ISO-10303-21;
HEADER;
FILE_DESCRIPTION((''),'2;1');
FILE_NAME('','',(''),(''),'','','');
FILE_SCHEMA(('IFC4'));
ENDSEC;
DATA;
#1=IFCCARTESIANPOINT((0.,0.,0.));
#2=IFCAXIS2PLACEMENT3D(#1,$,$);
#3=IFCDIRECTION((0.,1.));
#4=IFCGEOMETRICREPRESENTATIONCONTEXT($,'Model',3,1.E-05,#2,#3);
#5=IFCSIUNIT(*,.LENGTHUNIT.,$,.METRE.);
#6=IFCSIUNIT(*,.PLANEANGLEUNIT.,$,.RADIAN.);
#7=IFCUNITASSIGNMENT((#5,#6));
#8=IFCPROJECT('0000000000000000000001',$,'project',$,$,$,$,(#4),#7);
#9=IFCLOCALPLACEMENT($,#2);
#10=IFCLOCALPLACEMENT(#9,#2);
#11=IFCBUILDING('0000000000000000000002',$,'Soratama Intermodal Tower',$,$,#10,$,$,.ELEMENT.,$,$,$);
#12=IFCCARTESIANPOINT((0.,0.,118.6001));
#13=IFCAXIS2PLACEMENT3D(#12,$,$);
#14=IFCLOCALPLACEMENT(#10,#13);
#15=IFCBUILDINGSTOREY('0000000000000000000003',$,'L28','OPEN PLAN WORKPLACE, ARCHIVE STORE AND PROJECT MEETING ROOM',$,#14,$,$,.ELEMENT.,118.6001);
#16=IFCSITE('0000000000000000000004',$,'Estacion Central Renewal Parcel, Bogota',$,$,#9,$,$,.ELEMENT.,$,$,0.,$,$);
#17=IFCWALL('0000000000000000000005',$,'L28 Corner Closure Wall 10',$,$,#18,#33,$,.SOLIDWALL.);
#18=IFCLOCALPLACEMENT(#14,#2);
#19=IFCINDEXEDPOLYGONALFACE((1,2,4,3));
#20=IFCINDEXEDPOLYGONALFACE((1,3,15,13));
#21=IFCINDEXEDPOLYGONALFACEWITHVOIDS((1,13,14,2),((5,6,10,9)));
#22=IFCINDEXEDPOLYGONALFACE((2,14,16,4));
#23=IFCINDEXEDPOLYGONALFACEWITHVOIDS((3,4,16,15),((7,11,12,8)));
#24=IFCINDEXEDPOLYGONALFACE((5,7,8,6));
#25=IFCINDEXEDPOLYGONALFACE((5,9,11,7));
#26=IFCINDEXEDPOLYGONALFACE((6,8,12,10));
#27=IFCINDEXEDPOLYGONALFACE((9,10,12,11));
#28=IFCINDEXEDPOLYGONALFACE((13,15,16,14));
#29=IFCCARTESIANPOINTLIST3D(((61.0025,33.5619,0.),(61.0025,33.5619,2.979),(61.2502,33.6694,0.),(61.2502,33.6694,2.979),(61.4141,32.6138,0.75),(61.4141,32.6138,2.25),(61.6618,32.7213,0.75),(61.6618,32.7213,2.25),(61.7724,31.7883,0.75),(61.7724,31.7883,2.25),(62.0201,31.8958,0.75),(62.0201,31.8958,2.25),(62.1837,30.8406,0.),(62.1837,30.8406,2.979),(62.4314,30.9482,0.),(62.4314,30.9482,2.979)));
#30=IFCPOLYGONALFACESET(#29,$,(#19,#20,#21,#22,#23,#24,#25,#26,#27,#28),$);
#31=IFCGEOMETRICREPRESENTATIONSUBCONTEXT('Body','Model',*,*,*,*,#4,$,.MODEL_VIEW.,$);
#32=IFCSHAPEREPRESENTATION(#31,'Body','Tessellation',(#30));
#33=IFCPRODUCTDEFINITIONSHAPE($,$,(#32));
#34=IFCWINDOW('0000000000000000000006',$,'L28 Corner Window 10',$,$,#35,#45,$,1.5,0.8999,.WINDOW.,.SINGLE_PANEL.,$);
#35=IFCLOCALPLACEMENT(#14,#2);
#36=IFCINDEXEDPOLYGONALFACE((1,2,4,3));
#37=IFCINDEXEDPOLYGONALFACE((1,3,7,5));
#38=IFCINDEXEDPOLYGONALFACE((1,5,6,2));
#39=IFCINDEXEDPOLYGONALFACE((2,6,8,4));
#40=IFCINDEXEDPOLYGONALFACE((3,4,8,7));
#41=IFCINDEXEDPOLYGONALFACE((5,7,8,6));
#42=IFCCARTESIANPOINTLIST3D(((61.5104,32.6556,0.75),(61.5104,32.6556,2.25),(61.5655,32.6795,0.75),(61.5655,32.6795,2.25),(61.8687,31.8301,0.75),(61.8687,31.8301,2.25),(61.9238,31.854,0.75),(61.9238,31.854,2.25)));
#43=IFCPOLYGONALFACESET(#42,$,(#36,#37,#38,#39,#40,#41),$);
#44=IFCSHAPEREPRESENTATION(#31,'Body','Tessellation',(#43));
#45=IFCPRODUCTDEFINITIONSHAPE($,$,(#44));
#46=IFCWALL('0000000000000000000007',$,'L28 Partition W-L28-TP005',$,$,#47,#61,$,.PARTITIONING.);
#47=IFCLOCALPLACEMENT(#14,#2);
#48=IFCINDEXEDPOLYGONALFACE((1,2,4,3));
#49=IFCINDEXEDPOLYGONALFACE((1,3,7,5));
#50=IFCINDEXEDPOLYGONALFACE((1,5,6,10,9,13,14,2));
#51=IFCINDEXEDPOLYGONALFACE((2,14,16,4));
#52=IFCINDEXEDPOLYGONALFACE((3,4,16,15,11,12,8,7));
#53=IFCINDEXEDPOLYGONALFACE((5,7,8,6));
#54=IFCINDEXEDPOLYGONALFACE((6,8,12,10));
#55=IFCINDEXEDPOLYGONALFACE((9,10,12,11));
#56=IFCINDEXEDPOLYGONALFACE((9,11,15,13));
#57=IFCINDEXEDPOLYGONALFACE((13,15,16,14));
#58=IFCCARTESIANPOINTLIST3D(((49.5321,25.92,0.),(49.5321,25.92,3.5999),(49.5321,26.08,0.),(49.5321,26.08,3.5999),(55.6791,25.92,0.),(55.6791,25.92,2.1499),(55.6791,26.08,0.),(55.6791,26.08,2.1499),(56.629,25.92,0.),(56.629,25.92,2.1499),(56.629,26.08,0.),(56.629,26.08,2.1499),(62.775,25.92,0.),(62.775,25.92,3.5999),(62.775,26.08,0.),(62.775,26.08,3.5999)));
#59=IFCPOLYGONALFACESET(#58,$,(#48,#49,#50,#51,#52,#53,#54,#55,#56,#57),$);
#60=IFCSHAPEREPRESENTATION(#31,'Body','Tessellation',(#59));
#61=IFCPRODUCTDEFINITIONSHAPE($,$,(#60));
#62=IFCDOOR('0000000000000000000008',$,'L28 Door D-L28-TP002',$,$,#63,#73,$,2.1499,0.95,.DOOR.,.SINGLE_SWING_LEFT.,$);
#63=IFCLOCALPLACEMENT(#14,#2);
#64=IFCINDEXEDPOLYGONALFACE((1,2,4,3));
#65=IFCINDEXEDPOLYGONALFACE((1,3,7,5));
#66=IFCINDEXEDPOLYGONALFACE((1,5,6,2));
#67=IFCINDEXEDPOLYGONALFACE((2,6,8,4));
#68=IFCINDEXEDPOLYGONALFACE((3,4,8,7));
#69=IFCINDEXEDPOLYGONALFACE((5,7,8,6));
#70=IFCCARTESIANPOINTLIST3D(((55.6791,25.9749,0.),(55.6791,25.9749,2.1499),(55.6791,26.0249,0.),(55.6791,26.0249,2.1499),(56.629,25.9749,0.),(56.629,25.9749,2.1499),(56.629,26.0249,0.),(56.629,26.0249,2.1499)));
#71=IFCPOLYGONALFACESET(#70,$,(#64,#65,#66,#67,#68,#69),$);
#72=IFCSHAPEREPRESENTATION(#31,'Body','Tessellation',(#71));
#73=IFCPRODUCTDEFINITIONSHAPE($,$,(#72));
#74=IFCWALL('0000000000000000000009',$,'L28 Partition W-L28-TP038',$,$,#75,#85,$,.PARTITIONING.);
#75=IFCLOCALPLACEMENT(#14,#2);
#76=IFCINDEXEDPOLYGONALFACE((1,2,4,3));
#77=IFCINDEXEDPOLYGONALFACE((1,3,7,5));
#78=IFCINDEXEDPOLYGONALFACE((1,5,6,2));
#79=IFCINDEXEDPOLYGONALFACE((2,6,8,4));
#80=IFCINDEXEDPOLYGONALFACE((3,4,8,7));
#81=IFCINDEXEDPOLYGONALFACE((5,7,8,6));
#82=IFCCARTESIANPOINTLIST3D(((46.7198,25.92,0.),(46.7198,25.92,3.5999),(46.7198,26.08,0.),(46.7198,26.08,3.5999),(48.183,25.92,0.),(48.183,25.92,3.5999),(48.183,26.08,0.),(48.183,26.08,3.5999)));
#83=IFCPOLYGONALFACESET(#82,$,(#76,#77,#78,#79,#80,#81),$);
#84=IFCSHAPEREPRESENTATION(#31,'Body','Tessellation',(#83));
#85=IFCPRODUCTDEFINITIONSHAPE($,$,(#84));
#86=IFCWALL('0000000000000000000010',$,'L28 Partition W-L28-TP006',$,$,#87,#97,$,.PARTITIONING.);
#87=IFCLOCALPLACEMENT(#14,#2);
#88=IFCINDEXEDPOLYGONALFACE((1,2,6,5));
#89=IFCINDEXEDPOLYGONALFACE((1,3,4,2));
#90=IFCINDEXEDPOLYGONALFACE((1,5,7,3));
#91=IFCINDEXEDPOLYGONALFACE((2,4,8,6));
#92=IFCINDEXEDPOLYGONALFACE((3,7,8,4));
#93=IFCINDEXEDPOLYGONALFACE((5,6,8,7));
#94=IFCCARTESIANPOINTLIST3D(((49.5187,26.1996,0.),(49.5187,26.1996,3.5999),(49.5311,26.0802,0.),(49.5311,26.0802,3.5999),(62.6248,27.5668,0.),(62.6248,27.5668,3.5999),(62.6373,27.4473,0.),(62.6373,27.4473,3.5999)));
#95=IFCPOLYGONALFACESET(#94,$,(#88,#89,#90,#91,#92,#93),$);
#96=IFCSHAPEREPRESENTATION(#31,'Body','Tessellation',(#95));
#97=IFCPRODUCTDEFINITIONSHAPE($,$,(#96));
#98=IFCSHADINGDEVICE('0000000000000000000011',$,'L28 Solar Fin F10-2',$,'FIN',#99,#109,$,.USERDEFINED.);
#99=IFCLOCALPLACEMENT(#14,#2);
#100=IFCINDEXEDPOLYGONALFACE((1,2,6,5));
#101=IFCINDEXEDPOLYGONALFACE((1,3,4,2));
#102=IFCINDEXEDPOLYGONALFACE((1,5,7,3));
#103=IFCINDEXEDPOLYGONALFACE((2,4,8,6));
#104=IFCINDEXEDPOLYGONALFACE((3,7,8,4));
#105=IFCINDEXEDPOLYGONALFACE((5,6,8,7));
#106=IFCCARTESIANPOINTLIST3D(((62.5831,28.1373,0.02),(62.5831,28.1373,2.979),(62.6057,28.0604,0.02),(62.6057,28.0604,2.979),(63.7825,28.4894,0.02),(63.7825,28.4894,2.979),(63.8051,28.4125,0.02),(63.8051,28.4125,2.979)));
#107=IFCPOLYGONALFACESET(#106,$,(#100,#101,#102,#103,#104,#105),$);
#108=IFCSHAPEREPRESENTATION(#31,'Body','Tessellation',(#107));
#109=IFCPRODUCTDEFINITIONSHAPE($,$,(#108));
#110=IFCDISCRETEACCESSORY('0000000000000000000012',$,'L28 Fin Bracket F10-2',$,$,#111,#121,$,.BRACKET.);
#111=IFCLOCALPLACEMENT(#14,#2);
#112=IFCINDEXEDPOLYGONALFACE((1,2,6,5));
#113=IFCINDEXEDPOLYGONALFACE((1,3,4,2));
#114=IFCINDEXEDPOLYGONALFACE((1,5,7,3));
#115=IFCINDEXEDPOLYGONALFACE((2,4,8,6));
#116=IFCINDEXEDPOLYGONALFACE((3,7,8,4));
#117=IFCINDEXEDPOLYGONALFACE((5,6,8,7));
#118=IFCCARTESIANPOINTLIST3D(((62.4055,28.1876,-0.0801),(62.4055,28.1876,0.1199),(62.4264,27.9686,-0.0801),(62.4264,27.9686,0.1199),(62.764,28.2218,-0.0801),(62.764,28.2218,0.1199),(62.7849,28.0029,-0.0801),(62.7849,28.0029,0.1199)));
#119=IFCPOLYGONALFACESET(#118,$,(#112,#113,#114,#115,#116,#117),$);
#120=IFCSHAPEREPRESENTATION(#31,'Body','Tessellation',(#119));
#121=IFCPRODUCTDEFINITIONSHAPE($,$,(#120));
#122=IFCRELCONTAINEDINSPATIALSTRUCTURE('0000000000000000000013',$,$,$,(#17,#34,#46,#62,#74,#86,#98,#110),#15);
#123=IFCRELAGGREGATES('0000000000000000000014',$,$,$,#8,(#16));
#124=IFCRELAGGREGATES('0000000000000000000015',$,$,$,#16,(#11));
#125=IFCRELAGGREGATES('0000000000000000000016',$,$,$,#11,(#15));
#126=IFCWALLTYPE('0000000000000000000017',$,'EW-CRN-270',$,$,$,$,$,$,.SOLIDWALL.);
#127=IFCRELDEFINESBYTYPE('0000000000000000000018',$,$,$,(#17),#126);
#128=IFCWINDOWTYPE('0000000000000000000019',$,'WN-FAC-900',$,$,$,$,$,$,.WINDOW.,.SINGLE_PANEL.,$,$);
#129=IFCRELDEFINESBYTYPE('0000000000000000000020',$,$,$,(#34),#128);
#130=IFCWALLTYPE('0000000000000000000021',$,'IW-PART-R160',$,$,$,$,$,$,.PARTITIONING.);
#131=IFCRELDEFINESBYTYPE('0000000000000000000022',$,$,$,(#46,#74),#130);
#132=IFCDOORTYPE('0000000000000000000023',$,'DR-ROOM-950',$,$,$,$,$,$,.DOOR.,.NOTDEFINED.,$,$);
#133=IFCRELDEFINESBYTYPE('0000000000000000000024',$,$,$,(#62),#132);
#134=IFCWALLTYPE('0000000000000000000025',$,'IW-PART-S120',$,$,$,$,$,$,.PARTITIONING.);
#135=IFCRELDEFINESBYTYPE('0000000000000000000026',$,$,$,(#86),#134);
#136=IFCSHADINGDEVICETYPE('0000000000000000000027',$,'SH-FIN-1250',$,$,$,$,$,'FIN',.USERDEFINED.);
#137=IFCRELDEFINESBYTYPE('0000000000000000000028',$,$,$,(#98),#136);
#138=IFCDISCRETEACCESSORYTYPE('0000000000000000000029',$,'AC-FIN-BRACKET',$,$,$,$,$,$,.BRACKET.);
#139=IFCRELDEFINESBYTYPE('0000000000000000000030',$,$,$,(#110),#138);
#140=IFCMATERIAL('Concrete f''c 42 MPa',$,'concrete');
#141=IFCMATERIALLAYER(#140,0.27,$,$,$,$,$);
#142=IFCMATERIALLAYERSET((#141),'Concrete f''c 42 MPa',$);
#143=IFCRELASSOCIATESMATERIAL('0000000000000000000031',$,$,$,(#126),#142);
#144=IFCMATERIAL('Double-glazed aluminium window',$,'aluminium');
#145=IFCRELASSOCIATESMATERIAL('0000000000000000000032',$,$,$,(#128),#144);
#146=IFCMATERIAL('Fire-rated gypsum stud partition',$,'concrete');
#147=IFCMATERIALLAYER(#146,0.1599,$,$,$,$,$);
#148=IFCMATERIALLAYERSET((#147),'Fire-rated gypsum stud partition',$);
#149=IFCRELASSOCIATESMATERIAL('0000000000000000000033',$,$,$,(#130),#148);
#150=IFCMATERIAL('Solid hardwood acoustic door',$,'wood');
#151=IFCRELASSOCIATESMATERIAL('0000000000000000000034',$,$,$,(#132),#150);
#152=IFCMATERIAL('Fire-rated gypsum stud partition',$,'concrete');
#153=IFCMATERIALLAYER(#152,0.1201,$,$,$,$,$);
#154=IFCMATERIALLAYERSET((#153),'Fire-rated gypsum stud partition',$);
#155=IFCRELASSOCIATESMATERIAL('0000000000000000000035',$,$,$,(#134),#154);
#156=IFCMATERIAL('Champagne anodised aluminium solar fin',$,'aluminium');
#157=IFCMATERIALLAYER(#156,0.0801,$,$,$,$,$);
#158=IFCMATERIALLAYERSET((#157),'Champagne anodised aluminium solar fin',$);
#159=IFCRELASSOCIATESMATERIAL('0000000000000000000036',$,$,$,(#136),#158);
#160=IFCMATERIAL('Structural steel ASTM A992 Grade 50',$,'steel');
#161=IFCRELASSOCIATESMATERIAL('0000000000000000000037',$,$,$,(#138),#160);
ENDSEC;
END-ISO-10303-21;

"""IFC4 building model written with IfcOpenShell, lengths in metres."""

from ifc_helpers import new_model, si_unit, direction, frame, frame_2d, origin, origin_2d, place, context, subcontext, project, spatial, rectangle, extrude, material, layer, layer_set, type_object, element, fill, save


model = new_model("IFC4")

# Units and contexts
model_context = context("Model", 3, precision=1e-05, world=origin(), true_north=direction((0.0, 1.0)))
body_context = subcontext(model_context, "Body", "Model", "MODEL_VIEW")
ifc_project = project(units=[si_unit("LENGTHUNIT", "METRE"), si_unit("PLANEANGLEUNIT", "RADIAN")], contexts=[model_context])

# Site, building, storey
site_placement = place(None, origin())
site = spatial("IfcSite", under=ifc_project, at=site_placement, Name="Estacion Central Renewal Parcel, Bogota", CompositionType="ELEMENT", RefElevation=0.0)
building_placement = place(site_placement, origin())
building = spatial("IfcBuilding", under=site, at=building_placement, Name="Soratama Intermodal Tower", CompositionType="ELEMENT")
storey_placement = place(building_placement, frame((0.0, 0.0, 118.6001)))
storey = spatial("IfcBuildingStorey", under=building, at=storey_placement, Name="L28", Description="OPEN PLAN WORKPLACE, ARCHIVE STORE AND PROJECT MEETING ROOM", CompositionType="ELEMENT", Elevation=118.6001)

# Wall, opening, window
ifc_material_1 = material(Name="Concrete f'c 42 MPa", Category="concrete")
ifc_layer_1 = layer(ifc_material_1, 0.27)
ifc_layer_set_1 = layer_set([ifc_layer_1], Name="Concrete f'c 42 MPa")
wall_type_1 = type_object("IfcWallType", Name="EW-CRN-270", PredefinedType="SOLIDWALL", material=ifc_layer_set_1)
wall_1_placement = place(storey_placement, frame((62.3076, 30.8943, 0.0), z_axis=(0.0, 0.0, 1.0), x_axis=(-0.398166, 0.917313, 0.0)))
wall_1 = element("IfcWall", 1, at=wall_1_placement, inside=storey, type_object=wall_type_1, Name="L28 Corner Closure Wall 10", PredefinedType="SOLIDWALL", context=body_context, shape_type="SweptSolid", body=[
    extrude(rectangle(XDim=2.9666, YDim=0.27, at=frame_2d((1.4834, 0.0))), origin(), (0.0, 0.0, 1.0), 2.979),
])
opening_1_placement = place(wall_1_placement, frame((1.0332, 0.0, 0.75)))
opening_1 = element("IfcOpeningElement", 2, at=opening_1_placement, cuts=wall_1, PredefinedType="OPENING", context=body_context, shape_type="SweptSolid", body=[
    extrude(rectangle(XDim=0.8999, YDim=1.5, at=frame_2d((0.45, 0.75))), frame((0.0, 0.145, 0.0), z_axis=(0.0, -1.0, 0.0), x_axis=(1.0, 0.0, 0.0)), (0.0, 0.0, 1.0), 0.29),
])
ifc_material_2 = material(Name="Double-glazed aluminium window", Category="aluminium")
window_type = type_object("IfcWindowType", Name="WN-FAC-900", PartitioningType="SINGLE_PANEL", PredefinedType="WINDOW", material=ifc_material_2)
window_placement = place(opening_1_placement, origin())
window = element("IfcWindow", 3, at=window_placement, inside=storey, type_object=window_type, Name="L28 Corner Window 10", OverallHeight=1.5, OverallWidth=0.8999, PartitioningType="SINGLE_PANEL", PredefinedType="WINDOW", context=body_context, shape_type="SweptSolid", body=[
    extrude(rectangle(XDim=0.8999, YDim=1.5, at=frame_2d((0.45, 0.75))), frame((0.0, 0.03, 0.0), z_axis=(0.0, -1.0, 0.0), x_axis=(1.0, 0.0, 0.0)), (0.0, 0.0, 1.0), 0.0601),
])
fill(opening_1, window)

# Wall, opening, door
ifc_material_3 = material(Name="Fire-rated gypsum stud partition", Category="concrete")
ifc_layer_2 = layer(ifc_material_3, 0.1599)
ifc_layer_set_2 = layer_set([ifc_layer_2], Name="Fire-rated gypsum stud partition")
wall_type_2 = type_object("IfcWallType", Name="IW-PART-R160", PredefinedType="PARTITIONING", material=ifc_layer_set_2)
wall_2_placement = place(storey_placement, frame((49.532, 26.0, 0.0), z_axis=(0.0, 0.0, 1.0), x_axis=(1.0, 0.0, 0.0)))
wall_2 = element("IfcWall", 4, at=wall_2_placement, inside=storey, type_object=wall_type_2, Name="L28 Partition W-L28-TP005", PredefinedType="PARTITIONING", context=body_context, shape_type="SweptSolid", body=[
    extrude(rectangle(XDim=13.2429, YDim=0.1599, at=frame_2d((6.6216, 0.0))), origin(), (0.0, 0.0, 1.0), 3.5999),
])
opening_2_placement = place(wall_2_placement, frame((6.147, 0.0, 0.0)))
opening_2 = element("IfcOpeningElement", 5, at=opening_2_placement, cuts=wall_2, PredefinedType="OPENING", context=body_context, shape_type="SweptSolid", body=[
    extrude(rectangle(XDim=0.95, YDim=2.1499, at=frame_2d((0.4751, 1.075))), frame((0.0, 0.0898, 0.0), z_axis=(0.0, -1.0, 0.0), x_axis=(1.0, 0.0, 0.0)), (0.0, 0.0, 1.0), 0.1799),
])
ifc_material_4 = material(Name="Solid hardwood acoustic door", Category="wood")
door_type = type_object("IfcDoorType", Name="DR-ROOM-950", OperationType="NOTDEFINED", PredefinedType="DOOR", material=ifc_material_4)
door_placement = place(opening_2_placement, origin())
door = element("IfcDoor", 6, at=door_placement, inside=storey, type_object=door_type, Name="L28 Door D-L28-TP002", OperationType="SINGLE_SWING_LEFT", OverallHeight=2.1499, OverallWidth=0.95, PredefinedType="DOOR", context=body_context, shape_type="SweptSolid", body=[
    extrude(rectangle(XDim=0.95, YDim=2.1499, at=frame_2d((0.4751, 1.075))), frame((0.0, 0.0249, 0.0), z_axis=(0.0, -1.0, 0.0), x_axis=(1.0, 0.0, 0.0)), (0.0, 0.0, 1.0), 0.05),
])
fill(opening_2, door)

# Walls
wall_3_placement = place(storey_placement, frame((46.72, 26.0, 0.0), z_axis=(0.0, 0.0, 1.0), x_axis=(1.0, 0.0, 0.0)))
element("IfcWall", 7, at=wall_3_placement, inside=storey, type_object=wall_type_2, Name="L28 Partition W-L28-TP038", PredefinedType="PARTITIONING", context=body_context, shape_type="SweptSolid", body=[
    extrude(rectangle(XDim=1.4631, YDim=0.1599, at=frame_2d((0.7314, 0.0))), origin(), (0.0, 0.0, 1.0), 3.5999),
])
ifc_material_5 = material(Name="Fire-rated gypsum stud partition", Category="concrete")
ifc_layer_3 = layer(ifc_material_5, 0.1201)
ifc_layer_set_3 = layer_set([ifc_layer_3], Name="Fire-rated gypsum stud partition")
wall_type_3 = type_object("IfcWallType", Name="IW-PART-S120", PredefinedType="PARTITIONING", material=ifc_layer_set_3)
wall_4_placement = place(storey_placement, frame((49.5249, 26.1399, 0.0), z_axis=(0.0, 0.0, 1.0), x_axis=(0.994603, 0.103753, 0.0)))
element("IfcWall", 8, at=wall_4_placement, inside=storey, type_object=wall_type_3, Name="L28 Partition W-L28-TP006", PredefinedType="PARTITIONING", context=body_context, shape_type="SweptSolid", body=[
    extrude(rectangle(XDim=13.1772, YDim=0.1201, at=frame_2d((6.5886, 0.0))), origin(), (0.0, 0.0, 1.0), 3.5999),
])

# Shading device
ifc_material_6 = material(Name="Champagne anodised aluminium solar fin", Category="aluminium")
ifc_layer_4 = layer(ifc_material_6, 0.0801)
ifc_layer_set_4 = layer_set([ifc_layer_4], Name="Champagne anodised aluminium solar fin")
shading_device_type = type_object("IfcShadingDeviceType", Name="SH-FIN-1250", ElementType="FIN", PredefinedType="USERDEFINED", material=ifc_layer_set_4)
shading_device_placement = place(storey_placement, frame((63.1941, 28.2749, 0.02), z_axis=(0.0, 0.0, 1.0), x_axis=(0.959511, 0.281672, 0.0)))
element("IfcShadingDevice", 9, at=shading_device_placement, inside=storey, type_object=shading_device_type, Name="L28 Solar Fin F10-2", ObjectType="FIN", PredefinedType="USERDEFINED", context=body_context, shape_type="SweptSolid", body=[
    extrude(rectangle(XDim=1.25, YDim=0.0801, at=origin_2d()), origin(), (0.0, 0.0, 1.0), 2.959),
])

# Discrete accessory
ifc_material_7 = material(Name="Structural steel ASTM A992 Grade 50", Category="steel")
discrete_accessory_type = type_object("IfcDiscreteAccessoryType", Name="AC-FIN-BRACKET", PredefinedType="BRACKET", material=ifc_material_7)
discrete_accessory_placement = place(storey_placement, frame((62.5952, 28.0952, -0.0801), z_axis=(0.0, 0.0, 1.0), x_axis=(0.995463, 0.095151, 0.0)))
element("IfcDiscreteAccessory", 10, at=discrete_accessory_placement, inside=storey, type_object=discrete_accessory_type, Name="L28 Fin Bracket F10-2", PredefinedType="BRACKET", context=body_context, shape_type="SweptSolid", body=[
    extrude(rectangle(XDim=0.3601, YDim=0.22, at=origin_2d()), origin(), (0.0, 0.0, 1.0), 0.2),
])

save(model, "model.ifc")
